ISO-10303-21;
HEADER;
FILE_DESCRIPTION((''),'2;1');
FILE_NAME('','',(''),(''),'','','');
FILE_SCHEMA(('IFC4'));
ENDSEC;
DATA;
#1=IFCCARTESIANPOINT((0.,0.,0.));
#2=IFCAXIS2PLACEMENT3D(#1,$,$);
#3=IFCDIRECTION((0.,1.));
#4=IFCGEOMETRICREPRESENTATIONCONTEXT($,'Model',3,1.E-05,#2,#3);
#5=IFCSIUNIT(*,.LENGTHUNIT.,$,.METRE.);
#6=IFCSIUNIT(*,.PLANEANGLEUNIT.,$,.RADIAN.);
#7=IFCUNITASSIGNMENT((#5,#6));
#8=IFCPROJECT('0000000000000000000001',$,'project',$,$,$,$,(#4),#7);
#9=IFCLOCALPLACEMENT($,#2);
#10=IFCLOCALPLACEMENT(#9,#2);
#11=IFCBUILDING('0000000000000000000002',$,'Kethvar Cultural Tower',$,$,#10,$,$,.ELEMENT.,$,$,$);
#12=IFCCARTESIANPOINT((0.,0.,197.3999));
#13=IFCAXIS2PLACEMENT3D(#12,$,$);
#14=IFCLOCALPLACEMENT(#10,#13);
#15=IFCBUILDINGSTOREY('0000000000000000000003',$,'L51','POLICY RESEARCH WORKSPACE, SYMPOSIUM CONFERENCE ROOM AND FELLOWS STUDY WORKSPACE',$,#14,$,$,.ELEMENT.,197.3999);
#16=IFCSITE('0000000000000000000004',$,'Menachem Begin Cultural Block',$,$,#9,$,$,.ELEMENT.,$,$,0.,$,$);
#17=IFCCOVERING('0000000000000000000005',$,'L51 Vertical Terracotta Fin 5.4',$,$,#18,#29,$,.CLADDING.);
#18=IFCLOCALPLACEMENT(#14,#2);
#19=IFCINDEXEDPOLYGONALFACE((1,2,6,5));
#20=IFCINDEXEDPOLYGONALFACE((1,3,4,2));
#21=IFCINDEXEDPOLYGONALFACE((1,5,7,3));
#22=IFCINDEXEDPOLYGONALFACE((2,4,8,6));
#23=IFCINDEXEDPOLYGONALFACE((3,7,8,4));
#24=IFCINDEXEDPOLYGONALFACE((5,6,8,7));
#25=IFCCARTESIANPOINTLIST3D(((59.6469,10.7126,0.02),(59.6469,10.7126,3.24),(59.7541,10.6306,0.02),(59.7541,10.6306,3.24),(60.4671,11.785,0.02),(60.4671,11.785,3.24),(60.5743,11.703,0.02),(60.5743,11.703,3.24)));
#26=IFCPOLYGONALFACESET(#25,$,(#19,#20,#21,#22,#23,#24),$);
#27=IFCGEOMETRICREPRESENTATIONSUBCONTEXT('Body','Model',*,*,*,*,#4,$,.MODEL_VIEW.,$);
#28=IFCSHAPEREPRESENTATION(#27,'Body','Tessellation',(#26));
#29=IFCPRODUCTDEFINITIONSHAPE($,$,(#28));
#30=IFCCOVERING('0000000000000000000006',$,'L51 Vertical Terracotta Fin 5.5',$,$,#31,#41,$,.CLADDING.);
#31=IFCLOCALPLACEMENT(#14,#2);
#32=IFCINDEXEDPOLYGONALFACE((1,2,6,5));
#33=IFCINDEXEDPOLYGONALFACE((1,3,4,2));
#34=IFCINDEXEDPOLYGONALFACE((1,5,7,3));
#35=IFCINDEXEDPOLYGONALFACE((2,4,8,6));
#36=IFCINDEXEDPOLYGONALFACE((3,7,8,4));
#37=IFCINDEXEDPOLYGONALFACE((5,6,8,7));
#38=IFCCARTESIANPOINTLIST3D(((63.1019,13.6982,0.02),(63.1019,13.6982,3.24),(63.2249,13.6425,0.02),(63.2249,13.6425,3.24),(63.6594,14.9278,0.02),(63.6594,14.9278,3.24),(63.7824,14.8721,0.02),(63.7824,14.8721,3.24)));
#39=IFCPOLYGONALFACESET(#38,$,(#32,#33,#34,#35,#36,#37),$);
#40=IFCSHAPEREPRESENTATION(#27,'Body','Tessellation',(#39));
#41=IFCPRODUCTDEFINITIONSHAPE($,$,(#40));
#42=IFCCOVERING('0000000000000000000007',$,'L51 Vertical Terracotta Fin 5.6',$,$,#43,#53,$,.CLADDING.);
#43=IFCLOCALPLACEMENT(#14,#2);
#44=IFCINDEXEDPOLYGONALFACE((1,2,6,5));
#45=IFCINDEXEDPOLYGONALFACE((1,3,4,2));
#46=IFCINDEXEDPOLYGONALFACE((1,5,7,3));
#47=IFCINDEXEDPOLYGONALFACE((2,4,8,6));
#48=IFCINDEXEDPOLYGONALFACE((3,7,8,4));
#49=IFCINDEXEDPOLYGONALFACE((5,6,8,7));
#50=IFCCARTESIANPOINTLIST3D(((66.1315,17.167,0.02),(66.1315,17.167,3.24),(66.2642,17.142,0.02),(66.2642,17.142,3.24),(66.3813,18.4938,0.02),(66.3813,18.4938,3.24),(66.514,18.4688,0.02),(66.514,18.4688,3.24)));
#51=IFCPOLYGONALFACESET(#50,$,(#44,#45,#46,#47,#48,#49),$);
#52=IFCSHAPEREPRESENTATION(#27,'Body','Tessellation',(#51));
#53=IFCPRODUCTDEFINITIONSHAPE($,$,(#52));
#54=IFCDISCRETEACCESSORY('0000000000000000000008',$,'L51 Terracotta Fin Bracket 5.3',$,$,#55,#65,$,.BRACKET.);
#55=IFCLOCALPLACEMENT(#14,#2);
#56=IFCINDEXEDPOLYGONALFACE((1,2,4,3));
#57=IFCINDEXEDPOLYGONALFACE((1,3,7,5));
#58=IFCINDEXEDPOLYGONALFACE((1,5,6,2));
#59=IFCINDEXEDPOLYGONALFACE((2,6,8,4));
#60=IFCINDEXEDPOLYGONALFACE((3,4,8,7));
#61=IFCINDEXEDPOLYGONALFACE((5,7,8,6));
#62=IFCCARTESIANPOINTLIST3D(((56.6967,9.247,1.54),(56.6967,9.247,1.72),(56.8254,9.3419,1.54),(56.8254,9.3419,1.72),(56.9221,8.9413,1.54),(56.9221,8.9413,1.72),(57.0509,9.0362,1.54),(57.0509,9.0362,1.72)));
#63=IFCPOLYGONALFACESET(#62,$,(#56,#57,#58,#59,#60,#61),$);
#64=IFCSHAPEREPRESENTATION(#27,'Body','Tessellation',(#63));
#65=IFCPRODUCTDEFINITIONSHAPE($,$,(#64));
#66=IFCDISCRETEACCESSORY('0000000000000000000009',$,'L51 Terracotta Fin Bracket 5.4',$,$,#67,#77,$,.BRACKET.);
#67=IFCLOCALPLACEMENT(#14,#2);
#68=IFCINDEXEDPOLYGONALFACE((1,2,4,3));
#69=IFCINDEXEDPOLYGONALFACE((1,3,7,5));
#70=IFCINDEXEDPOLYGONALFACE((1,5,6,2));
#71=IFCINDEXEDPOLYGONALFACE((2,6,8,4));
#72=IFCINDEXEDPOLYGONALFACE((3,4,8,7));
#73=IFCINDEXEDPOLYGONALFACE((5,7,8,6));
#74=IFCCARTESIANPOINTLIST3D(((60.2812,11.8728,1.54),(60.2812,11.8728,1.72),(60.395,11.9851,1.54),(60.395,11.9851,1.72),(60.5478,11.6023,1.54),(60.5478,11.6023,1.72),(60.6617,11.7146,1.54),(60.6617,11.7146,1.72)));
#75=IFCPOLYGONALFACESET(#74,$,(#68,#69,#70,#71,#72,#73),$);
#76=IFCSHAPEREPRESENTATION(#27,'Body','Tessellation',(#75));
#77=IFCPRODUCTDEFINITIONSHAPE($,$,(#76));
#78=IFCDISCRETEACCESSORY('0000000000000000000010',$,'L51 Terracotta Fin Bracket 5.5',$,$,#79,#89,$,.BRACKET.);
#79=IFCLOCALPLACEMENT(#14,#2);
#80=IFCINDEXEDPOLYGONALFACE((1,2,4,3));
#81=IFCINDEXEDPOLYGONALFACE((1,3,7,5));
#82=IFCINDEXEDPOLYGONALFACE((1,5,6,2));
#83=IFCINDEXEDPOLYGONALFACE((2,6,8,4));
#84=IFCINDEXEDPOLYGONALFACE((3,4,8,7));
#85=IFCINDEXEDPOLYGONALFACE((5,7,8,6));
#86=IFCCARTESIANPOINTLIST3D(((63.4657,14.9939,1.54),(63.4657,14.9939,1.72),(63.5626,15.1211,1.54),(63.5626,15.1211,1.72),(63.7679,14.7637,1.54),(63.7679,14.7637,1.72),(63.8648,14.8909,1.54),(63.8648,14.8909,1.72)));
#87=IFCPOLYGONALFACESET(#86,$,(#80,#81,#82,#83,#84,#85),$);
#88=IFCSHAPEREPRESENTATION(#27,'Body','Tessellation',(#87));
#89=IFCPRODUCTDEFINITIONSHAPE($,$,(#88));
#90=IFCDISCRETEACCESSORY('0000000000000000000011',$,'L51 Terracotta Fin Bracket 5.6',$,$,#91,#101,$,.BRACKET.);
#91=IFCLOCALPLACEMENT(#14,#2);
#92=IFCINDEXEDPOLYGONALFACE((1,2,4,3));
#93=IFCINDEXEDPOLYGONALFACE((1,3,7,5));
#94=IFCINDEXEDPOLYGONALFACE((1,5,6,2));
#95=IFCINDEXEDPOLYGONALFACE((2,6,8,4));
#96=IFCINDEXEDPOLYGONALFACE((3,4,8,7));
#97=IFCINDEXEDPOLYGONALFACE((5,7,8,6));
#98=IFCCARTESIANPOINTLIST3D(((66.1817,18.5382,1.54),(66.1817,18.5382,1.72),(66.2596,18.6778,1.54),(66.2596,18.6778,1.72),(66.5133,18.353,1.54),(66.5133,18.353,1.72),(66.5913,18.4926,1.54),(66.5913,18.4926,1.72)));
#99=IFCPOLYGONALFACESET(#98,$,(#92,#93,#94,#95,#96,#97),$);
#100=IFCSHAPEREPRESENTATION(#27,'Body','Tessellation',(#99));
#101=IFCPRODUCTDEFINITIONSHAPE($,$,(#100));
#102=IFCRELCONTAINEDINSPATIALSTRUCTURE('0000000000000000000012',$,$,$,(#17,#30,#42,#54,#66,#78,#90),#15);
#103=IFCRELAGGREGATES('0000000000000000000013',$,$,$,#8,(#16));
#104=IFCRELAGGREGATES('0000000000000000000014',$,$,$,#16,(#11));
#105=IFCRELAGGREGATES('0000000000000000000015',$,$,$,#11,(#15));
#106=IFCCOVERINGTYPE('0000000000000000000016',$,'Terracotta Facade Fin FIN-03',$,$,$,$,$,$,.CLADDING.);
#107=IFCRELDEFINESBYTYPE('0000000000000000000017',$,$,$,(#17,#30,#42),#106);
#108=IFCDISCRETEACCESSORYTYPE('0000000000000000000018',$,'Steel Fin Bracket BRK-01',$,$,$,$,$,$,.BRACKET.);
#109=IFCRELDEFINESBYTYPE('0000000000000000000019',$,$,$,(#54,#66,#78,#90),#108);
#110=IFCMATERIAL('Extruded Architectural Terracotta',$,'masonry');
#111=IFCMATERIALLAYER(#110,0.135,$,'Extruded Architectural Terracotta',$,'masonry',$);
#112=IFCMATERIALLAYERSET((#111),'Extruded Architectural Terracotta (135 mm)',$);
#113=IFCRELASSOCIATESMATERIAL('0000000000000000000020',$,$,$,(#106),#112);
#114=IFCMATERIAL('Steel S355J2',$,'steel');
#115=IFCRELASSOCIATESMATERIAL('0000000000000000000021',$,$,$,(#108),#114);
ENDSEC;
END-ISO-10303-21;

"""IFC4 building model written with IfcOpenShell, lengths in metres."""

from ifc_helpers import new_model, si_unit, direction, frame, origin, origin_2d, place, context, subcontext, project, spatial, rectangle, extrude, source, transform, mapped, material, layer, layer_set, type_object, element, save


model = new_model("IFC4")

# Units and contexts
model_context = context("Model", 3, precision=1e-05, world=origin(), true_north=direction((0.0, 1.0)))
body_context = subcontext(model_context, "Body", "Model", "MODEL_VIEW")
ifc_project = project(units=[si_unit("LENGTHUNIT", "METRE"), si_unit("PLANEANGLEUNIT", "RADIAN")], contexts=[model_context])

# Site, building, storey
site_placement = place(None, origin())
site = spatial("IfcSite", under=ifc_project, at=site_placement, Name="Menachem Begin Cultural Block", CompositionType="ELEMENT", RefElevation=0.0)
building_placement = place(site_placement, origin())
building = spatial("IfcBuilding", under=site, at=building_placement, Name="Kethvar Cultural Tower", CompositionType="ELEMENT")
storey_placement = place(building_placement, frame((0.0, 0.0, 197.3999)))
storey = spatial("IfcBuildingStorey", under=building, at=storey_placement, Name="L51", Description="POLICY RESEARCH WORKSPACE, SYMPOSIUM CONFERENCE ROOM AND FELLOWS STUDY WORKSPACE", CompositionType="ELEMENT", Elevation=197.3999)

# Shared definitions
ifc_material_1 = material(Name="Steel S355J2", Category="steel")

# Coverings
ifc_material_2 = material(Name="Extruded Architectural Terracotta", Category="masonry")
ifc_layer_1 = layer(ifc_material_2, 0.135, Name="Extruded Architectural Terracotta", Category="masonry")
ifc_layer_set_1 = layer_set([ifc_layer_1], Name="Extruded Architectural Terracotta (135 mm)")
covering_type = type_object("IfcCoveringType", Name="Terracotta Facade Fin FIN-03", PredefinedType="CLADDING", material=ifc_layer_set_1)
shared_shape_1 = source(origin(), body_context, "Body", "SweptSolid", [
    extrude(rectangle(XDim=1.3501, YDim=0.135, at=origin_2d()), origin(), (0.0, 0.0, 1.0), 3.22),
])
for number, where, z_axis, x_axis, name in (
    (1, (60.1106, 11.2078, 0.02), (0.0, 0.0, 1.0), (-0.607514, -0.794309, 0.0), "L51 Vertical Terracotta Fin 5.4"),
    (2, (63.4421, 14.2852, 0.02), (0.0, 0.0, 1.0), (-0.412945, -0.910756, 0.0), "L51 Vertical Terracotta Fin 5.5"),
    (3, (66.3228, 17.8179, 0.02), (0.0, 0.0, 1.0), (-0.184981, -0.982742, 0.0), "L51 Vertical Terracotta Fin 5.6"),
):
    element("IfcCovering", number, at=place(storey_placement, frame(where, z_axis=z_axis, x_axis=x_axis)), inside=storey, type_object=covering_type, Name=name, PredefinedType="CLADDING", context=body_context, shape_type="MappedRepresentation", body=[
        mapped(shared_shape_1, transform((0.0, 0.0, 0.0), scale=1.0)),
    ])

# Discrete accessories
discrete_accessory_type = type_object("IfcDiscreteAccessoryType", Name="Steel Fin Bracket BRK-01", PredefinedType="BRACKET", material=ifc_material_1)
shared_shape_2 = source(origin(), body_context, "Body", "SweptSolid", [
    extrude(rectangle(XDim=0.3799, YDim=0.1599, at=origin_2d()), origin(), (0.0, 0.0, 1.0), 0.1799),
])
for number, where, z_axis, x_axis, name in (
    (4, (56.8738, 9.1416, 1.54), (0.0, 0.0, 1.0), (0.593419, -0.804894, 0.0), "L51 Terracotta Fin Bracket 5.3"),
    (5, (60.4714, 11.7937, 1.54), (0.0, 0.0, 1.0), (0.702029, -0.712149, 0.0), "L51 Terracotta Fin Bracket 5.4"),
    (6, (63.6653, 14.9424, 1.54), (0.0, 0.0, 1.0), (0.795473, -0.605988, 0.0), "L51 Terracotta Fin Bracket 5.5"),
    (7, (66.3865, 18.5154, 1.54), (0.0, 0.0, 1.0), (0.873092, -0.487555, 0.0), "L51 Terracotta Fin Bracket 5.6"),
):
    element("IfcDiscreteAccessory", number, at=place(storey_placement, frame(where, z_axis=z_axis, x_axis=x_axis)), inside=storey, type_object=discrete_accessory_type, Name=name, PredefinedType="BRACKET", context=body_context, shape_type="MappedRepresentation", body=[
        mapped(shared_shape_2, transform((0.0, 0.0, 0.0), scale=1.0)),
    ])

save(model, "model.ifc")
